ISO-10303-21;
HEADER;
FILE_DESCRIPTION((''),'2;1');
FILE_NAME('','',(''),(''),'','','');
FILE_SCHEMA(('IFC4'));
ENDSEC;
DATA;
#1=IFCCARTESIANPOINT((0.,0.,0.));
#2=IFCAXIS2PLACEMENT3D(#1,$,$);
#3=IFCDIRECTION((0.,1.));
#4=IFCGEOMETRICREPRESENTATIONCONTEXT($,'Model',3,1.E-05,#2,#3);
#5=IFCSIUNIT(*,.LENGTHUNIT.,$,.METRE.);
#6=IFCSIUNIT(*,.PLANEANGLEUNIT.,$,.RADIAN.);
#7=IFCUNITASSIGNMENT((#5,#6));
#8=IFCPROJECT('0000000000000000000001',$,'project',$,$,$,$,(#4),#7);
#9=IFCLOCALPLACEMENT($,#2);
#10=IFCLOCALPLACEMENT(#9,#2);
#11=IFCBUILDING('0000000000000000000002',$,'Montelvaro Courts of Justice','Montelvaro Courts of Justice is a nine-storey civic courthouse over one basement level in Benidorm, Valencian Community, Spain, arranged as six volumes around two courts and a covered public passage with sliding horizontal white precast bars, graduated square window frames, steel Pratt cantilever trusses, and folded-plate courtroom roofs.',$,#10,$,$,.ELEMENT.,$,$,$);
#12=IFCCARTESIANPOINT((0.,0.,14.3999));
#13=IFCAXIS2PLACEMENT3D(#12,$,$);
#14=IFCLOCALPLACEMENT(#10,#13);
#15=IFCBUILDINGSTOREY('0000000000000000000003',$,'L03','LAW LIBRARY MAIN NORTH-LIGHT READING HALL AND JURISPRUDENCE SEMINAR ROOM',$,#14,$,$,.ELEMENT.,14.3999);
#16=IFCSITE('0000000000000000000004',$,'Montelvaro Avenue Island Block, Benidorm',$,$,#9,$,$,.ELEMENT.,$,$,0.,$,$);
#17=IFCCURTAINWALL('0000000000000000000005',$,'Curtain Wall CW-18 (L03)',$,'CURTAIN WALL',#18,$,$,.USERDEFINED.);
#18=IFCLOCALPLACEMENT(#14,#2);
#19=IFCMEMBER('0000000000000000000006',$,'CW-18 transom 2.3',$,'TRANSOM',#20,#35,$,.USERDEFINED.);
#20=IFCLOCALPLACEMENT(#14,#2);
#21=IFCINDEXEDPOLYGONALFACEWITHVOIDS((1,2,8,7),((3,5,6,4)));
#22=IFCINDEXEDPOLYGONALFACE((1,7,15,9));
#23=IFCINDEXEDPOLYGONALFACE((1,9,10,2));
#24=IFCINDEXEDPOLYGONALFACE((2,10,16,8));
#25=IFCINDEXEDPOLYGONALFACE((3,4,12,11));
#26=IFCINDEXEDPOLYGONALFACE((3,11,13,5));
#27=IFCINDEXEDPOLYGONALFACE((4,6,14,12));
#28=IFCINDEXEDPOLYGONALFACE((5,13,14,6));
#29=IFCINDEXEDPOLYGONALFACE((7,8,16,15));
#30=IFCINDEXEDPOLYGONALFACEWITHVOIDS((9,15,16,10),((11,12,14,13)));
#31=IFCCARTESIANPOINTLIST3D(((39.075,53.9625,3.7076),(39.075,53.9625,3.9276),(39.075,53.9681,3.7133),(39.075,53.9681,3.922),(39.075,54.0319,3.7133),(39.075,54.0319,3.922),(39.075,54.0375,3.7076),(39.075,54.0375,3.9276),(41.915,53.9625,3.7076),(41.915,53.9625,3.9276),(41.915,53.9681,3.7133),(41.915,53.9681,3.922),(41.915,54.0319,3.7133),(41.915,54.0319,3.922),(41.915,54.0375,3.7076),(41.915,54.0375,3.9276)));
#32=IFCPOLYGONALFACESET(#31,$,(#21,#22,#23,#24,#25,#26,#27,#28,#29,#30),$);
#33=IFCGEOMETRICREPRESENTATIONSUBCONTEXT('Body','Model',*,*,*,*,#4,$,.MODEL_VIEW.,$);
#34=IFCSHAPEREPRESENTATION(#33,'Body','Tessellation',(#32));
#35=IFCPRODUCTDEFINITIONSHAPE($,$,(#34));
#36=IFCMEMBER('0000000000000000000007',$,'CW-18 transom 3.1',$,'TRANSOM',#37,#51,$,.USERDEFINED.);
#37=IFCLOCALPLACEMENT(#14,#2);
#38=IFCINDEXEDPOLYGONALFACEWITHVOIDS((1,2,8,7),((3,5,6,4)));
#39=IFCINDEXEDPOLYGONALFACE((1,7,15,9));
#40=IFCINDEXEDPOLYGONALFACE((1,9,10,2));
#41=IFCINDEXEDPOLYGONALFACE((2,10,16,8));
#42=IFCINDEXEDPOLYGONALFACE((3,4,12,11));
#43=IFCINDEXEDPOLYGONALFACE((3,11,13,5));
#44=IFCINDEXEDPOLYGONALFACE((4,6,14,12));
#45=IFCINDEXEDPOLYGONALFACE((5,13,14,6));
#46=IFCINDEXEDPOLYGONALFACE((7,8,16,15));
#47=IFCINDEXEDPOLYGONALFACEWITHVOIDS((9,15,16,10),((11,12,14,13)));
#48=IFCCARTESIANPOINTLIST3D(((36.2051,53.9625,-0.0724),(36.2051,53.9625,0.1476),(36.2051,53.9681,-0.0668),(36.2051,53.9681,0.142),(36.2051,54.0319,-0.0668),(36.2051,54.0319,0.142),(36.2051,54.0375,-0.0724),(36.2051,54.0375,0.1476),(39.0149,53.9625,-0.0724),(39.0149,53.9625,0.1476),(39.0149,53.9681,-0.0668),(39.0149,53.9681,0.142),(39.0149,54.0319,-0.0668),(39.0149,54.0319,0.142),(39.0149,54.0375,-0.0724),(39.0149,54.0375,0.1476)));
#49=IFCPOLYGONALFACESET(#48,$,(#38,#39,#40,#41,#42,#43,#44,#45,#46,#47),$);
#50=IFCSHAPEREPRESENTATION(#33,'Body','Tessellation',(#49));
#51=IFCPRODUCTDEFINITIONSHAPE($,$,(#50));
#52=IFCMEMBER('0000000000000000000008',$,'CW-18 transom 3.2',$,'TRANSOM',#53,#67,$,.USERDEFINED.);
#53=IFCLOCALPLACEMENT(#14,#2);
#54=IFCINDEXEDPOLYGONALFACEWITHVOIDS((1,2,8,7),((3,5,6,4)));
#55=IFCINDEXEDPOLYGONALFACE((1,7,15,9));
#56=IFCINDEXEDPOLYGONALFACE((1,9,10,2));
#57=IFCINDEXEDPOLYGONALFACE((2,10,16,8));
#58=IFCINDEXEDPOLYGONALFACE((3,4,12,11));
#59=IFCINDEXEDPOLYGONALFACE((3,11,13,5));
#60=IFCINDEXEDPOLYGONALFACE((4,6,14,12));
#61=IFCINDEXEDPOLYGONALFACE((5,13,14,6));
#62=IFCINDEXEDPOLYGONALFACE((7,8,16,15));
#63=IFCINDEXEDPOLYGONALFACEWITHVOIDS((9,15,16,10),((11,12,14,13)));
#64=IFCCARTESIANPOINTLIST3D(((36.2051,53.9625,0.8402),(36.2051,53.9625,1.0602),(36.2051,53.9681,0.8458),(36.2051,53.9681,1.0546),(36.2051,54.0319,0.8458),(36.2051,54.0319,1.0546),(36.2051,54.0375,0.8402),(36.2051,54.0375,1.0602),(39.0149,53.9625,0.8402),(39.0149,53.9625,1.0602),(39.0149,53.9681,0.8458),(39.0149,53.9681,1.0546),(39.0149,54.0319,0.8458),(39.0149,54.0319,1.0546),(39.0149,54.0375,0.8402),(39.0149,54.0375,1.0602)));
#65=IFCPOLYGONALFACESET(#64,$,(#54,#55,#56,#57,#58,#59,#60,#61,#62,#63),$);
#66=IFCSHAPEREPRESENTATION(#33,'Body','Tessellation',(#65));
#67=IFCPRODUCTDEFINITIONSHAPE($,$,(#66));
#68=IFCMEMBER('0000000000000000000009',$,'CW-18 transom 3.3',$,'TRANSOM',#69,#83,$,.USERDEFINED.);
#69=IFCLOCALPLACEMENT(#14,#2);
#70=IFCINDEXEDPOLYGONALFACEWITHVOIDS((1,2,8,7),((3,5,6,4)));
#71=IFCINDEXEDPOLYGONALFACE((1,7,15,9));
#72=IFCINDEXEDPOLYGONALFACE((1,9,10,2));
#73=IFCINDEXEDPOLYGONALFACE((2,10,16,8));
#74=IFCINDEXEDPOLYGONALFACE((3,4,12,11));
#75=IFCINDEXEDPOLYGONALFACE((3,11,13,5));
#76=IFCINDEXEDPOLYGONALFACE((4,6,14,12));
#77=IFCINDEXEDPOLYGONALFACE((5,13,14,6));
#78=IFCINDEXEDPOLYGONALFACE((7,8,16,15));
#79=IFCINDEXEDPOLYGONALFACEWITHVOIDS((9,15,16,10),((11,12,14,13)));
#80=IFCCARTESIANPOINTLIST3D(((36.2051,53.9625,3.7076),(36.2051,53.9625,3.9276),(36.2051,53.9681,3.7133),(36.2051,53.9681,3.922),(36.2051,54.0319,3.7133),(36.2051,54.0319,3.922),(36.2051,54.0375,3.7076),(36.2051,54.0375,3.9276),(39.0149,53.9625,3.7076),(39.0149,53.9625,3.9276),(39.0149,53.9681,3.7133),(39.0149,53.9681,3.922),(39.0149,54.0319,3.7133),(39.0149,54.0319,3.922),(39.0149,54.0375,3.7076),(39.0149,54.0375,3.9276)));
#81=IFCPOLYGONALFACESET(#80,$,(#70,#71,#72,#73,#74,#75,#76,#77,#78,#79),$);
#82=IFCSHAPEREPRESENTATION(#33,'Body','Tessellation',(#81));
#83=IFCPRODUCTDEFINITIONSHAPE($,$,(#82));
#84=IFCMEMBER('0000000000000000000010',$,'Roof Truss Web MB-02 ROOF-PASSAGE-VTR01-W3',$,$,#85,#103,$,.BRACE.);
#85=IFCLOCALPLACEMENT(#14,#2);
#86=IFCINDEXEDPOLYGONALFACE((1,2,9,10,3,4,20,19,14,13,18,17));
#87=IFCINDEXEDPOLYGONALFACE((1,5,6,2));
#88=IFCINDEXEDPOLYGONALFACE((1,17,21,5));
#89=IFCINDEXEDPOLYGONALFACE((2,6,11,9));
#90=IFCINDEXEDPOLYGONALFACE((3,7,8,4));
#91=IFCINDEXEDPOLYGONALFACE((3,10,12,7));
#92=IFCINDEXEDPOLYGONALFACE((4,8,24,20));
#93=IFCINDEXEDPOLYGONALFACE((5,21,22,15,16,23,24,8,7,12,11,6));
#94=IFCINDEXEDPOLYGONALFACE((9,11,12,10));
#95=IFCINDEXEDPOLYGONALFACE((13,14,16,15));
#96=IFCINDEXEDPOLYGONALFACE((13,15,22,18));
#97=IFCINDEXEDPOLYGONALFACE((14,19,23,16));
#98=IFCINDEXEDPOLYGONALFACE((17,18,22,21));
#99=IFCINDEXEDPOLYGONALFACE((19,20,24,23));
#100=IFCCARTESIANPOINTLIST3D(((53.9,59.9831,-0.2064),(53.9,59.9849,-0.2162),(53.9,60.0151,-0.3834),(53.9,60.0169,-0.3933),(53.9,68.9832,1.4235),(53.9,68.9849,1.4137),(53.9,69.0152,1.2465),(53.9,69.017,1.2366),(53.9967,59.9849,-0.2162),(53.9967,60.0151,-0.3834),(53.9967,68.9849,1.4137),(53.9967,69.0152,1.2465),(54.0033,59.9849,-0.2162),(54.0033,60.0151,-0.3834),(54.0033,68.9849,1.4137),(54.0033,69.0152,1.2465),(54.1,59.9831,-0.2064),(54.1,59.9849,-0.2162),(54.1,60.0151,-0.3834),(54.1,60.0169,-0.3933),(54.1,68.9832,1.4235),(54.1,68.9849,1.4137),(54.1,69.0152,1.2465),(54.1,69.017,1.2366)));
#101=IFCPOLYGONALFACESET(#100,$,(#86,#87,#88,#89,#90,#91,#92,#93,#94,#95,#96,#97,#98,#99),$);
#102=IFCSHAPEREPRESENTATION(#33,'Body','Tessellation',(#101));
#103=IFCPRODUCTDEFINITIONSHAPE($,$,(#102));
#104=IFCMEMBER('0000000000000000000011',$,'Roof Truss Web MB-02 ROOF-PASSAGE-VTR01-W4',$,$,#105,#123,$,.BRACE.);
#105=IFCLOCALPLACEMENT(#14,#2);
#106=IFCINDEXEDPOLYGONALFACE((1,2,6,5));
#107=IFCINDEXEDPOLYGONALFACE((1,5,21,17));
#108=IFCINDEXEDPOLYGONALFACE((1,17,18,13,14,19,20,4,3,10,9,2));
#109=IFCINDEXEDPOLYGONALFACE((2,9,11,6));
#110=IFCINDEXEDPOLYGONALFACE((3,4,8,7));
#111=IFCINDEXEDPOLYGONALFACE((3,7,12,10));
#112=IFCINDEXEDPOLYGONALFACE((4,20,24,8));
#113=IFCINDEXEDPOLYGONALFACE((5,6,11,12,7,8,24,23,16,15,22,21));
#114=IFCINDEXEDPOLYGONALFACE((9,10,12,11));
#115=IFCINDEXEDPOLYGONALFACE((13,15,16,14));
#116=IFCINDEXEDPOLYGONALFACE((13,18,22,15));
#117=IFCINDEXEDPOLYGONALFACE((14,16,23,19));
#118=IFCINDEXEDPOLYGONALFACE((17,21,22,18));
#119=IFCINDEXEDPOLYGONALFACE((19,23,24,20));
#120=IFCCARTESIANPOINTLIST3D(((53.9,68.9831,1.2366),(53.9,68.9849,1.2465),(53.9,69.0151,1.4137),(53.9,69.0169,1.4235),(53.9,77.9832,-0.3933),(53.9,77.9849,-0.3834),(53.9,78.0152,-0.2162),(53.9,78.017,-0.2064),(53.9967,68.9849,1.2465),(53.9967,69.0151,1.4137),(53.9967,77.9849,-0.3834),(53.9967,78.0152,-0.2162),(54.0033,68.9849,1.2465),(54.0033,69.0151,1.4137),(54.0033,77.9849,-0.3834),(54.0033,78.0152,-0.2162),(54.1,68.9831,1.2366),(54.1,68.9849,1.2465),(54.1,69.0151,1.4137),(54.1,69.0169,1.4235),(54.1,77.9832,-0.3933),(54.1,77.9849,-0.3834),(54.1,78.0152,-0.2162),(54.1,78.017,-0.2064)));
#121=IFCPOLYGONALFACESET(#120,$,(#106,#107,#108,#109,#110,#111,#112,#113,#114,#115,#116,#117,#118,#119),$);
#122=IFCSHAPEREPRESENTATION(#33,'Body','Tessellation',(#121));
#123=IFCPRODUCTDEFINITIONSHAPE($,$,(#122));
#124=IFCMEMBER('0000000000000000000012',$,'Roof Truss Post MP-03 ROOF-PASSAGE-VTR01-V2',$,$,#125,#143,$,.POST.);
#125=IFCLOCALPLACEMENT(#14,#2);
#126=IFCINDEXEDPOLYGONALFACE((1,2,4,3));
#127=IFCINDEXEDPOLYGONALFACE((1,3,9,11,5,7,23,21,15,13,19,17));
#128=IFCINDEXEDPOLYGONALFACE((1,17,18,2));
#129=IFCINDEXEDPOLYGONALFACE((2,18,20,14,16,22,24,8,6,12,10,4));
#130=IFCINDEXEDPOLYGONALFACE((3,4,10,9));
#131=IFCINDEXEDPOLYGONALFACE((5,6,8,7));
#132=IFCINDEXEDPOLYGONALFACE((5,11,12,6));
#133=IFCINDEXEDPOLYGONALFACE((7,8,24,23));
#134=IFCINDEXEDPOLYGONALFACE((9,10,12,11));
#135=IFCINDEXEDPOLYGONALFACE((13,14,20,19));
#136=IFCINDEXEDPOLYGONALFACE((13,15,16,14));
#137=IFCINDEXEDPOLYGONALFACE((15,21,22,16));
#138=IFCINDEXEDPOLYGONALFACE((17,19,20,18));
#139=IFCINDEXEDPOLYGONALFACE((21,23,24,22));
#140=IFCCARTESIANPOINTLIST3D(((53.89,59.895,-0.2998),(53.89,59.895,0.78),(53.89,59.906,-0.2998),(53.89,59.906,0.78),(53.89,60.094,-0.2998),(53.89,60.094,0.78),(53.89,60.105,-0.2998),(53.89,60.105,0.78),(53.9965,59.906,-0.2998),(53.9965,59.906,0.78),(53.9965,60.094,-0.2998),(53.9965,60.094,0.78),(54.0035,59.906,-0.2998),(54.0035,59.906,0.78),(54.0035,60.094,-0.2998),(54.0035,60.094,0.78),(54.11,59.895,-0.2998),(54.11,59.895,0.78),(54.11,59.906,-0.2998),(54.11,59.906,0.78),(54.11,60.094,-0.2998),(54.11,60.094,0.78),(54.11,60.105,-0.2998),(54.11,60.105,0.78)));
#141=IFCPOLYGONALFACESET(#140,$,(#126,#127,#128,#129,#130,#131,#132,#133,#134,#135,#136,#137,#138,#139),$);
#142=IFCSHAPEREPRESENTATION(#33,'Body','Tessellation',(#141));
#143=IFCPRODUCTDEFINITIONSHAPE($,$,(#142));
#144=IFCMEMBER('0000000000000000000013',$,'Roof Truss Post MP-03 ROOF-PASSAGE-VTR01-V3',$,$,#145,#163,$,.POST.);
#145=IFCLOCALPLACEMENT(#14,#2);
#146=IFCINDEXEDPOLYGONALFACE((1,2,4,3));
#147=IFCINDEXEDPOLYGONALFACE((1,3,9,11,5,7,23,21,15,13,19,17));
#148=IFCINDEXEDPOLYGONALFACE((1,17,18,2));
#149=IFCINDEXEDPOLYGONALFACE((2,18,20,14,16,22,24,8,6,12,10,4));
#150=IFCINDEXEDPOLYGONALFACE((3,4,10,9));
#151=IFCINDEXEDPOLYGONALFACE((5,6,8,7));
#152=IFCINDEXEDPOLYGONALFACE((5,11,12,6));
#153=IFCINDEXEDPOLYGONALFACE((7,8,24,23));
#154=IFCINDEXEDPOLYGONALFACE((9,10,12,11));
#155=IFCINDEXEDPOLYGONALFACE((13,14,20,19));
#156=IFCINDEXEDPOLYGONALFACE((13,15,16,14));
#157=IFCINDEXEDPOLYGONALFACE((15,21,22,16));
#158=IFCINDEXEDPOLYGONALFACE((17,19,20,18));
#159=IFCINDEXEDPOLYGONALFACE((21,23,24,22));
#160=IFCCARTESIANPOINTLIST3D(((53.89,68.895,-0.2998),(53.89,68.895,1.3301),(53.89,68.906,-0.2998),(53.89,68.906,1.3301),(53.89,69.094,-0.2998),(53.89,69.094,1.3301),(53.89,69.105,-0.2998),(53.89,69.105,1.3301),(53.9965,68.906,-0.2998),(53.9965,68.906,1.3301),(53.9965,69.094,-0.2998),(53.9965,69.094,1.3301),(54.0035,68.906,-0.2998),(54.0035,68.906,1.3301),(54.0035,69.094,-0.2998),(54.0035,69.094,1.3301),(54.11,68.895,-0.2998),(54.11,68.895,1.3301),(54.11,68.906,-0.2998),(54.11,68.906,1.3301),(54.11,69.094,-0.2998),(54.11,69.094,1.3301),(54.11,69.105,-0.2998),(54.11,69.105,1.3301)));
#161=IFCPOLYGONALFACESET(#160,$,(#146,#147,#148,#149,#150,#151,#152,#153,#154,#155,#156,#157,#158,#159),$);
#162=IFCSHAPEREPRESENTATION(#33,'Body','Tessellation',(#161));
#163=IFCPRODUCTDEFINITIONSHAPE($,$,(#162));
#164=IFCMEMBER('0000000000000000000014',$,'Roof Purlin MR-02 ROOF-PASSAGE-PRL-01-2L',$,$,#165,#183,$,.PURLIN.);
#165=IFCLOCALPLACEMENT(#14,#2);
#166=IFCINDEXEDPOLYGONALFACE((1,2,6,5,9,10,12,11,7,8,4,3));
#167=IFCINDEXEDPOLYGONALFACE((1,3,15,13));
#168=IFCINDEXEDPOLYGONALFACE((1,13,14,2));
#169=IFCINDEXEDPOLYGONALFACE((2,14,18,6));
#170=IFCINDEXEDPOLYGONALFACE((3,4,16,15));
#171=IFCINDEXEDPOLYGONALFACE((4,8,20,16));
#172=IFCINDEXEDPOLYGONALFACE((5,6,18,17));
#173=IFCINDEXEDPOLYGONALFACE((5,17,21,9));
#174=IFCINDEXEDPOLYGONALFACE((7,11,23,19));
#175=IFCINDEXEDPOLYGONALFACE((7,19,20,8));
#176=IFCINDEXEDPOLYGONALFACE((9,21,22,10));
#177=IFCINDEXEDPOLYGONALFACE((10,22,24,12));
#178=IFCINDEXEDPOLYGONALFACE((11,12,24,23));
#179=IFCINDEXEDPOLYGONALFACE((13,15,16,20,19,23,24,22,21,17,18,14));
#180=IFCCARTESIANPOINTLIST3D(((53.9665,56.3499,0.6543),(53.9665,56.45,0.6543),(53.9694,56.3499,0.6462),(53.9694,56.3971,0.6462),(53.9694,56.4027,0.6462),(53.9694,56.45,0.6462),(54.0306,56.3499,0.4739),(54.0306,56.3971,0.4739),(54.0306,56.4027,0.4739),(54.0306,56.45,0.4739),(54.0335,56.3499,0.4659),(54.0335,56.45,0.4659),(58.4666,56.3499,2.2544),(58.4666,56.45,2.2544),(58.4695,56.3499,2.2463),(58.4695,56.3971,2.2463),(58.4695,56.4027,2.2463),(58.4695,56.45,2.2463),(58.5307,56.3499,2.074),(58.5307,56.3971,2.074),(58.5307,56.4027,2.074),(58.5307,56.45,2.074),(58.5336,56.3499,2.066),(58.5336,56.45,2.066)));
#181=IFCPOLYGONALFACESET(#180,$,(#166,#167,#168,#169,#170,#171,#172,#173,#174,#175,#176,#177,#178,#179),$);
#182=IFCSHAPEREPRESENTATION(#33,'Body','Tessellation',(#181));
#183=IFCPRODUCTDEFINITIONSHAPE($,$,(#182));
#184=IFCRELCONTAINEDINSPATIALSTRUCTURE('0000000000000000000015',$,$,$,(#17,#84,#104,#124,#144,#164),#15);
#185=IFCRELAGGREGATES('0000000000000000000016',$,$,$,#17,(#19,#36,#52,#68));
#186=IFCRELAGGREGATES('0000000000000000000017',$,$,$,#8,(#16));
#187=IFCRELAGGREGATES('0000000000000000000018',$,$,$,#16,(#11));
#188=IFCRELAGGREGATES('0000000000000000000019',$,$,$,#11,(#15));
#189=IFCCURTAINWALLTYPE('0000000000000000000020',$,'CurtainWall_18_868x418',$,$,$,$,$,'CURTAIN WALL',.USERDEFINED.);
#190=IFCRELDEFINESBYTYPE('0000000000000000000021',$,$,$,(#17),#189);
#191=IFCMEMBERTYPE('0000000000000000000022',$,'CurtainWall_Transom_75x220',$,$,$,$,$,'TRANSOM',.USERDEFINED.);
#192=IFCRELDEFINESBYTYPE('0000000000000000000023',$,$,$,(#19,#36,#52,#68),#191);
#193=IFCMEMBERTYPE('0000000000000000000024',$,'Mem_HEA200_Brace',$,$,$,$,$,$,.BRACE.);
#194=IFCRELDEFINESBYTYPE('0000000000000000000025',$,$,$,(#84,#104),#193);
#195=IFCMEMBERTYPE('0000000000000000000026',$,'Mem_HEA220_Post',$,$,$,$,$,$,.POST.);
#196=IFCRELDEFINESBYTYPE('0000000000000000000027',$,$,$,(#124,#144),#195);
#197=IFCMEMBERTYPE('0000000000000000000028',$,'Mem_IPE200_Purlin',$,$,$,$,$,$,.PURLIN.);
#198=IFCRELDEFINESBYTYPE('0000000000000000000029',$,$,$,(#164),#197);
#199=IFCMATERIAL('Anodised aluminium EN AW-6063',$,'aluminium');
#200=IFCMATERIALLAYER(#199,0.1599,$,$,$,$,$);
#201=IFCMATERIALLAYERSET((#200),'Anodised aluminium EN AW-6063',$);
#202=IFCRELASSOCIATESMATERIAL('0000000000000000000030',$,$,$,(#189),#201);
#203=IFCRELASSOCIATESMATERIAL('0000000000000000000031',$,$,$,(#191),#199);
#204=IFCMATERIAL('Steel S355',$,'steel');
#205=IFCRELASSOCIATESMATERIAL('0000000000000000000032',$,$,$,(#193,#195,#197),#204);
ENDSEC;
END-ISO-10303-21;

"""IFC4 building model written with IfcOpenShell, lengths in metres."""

from ifc_helpers import new_model, si_unit, direction, frame, origin, origin_2d, place, context, subcontext, project, spatial, hollow_rectangle, i_section, extrude, material, layer, layer_set, material_profile, profile_set, type_object, element, aggregate, save


model = new_model("IFC4")

# Units and contexts
model_context = context("Model", 3, precision=1e-05, world=origin(), true_north=direction((0.0, 1.0)))
body_context = subcontext(model_context, "Body", "Model", "MODEL_VIEW")
ifc_project = project(units=[si_unit("LENGTHUNIT", "METRE"), si_unit("PLANEANGLEUNIT", "RADIAN")], contexts=[model_context])

# Site, building, storey
site_placement = place(None, origin())
site = spatial("IfcSite", under=ifc_project, at=site_placement, Name="Montelvaro Avenue Island Block, Benidorm", CompositionType="ELEMENT", RefElevation=0.0)
building_placement = place(site_placement, origin())
building = spatial("IfcBuilding", under=site, at=building_placement, Name="Montelvaro Courts of Justice", Description="Montelvaro Courts of Justice is a nine-storey civic courthouse over one basement level in Benidorm, Valencian Community, Spain, arranged as six volumes around two courts and a covered public passage with sliding horizontal white precast bars, graduated square window frames, steel Pratt cantilever trusses, and folded-plate courtroom roofs.", CompositionType="ELEMENT")
storey_placement = place(building_placement, frame((0.0, 0.0, 14.3999)))
storey = spatial("IfcBuildingStorey", under=building, at=storey_placement, Name="L03", Description="LAW LIBRARY MAIN NORTH-LIGHT READING HALL AND JURISPRUDENCE SEMINAR ROOM", CompositionType="ELEMENT", Elevation=14.3999)

# Shared definitions
ifc_material_1 = material(Name="Steel S355", Category="steel")

# Curtain wall, members
ifc_material_2 = material(Name="Anodised aluminium EN AW-6063", Category="aluminium")
ifc_layer_1 = layer(ifc_material_2, 0.1599)
ifc_layer_set_1 = layer_set([ifc_layer_1], Name="Anodised aluminium EN AW-6063")
curtain_wall_type = type_object("IfcCurtainWallType", Name="CurtainWall_18_868x418", ElementType="CURTAIN WALL", PredefinedType="USERDEFINED", material=ifc_layer_set_1)
curtain_wall_placement = place(storey_placement, origin())
curtain_wall = element("IfcCurtainWall", 1, at=curtain_wall_placement, inside=storey, type_object=curtain_wall_type, Name="Curtain Wall CW-18 (L03)", ObjectType="CURTAIN WALL", PredefinedType="USERDEFINED")
ifc_material_profile_1 = material_profile(ifc_material_2, hollow_rectangle(XDim=0.075, YDim=0.22, WallThickness=0.0056, at=origin_2d()), Name="ALU-T 75x220")
ifc_profile_set_1 = profile_set([ifc_material_profile_1], Name="Anodised aluminium EN AW-6063")
member_type_1 = type_object("IfcMemberType", Name="CurtainWall_Transom_75x220", ElementType="TRANSOM", PredefinedType="USERDEFINED", material=ifc_profile_set_1)
member_1_placement = place(storey_placement, frame((41.915, 54.0, 3.8176), z_axis=(-1.0, 0.0, 0.0), x_axis=(0.0, -1.0, 0.0)))
member_1 = element("IfcMember", 2, at=member_1_placement, type_object=member_type_1, Name="CW-18 transom 2.3", ObjectType="TRANSOM", PredefinedType="USERDEFINED", context=body_context, shape_type="SweptSolid", body=[
    extrude(hollow_rectangle(XDim=0.075, YDim=0.22, WallThickness=0.0056, at=origin_2d()), origin(), (0.0, 0.0, 1.0), 2.8401),
])
member_2_placement = place(storey_placement, frame((39.0149, 54.0, 0.0376), z_axis=(-1.0, 0.0, 0.0), x_axis=(0.0, -1.0, 0.0)))
member_2 = element("IfcMember", 3, at=member_2_placement, type_object=member_type_1, Name="CW-18 transom 3.1", ObjectType="TRANSOM", PredefinedType="USERDEFINED", context=body_context, shape_type="SweptSolid", body=[
    extrude(hollow_rectangle(XDim=0.075, YDim=0.22, WallThickness=0.0056, at=origin_2d()), origin(), (0.0, 0.0, 1.0), 2.8098),
])
member_3_placement = place(storey_placement, frame((39.0149, 54.0, 0.9502), z_axis=(-1.0, 0.0, 0.0), x_axis=(0.0, -1.0, 0.0)))
member_3 = element("IfcMember", 4, at=member_3_placement, type_object=member_type_1, Name="CW-18 transom 3.2", ObjectType="TRANSOM", PredefinedType="USERDEFINED", context=body_context, shape_type="SweptSolid", body=[
    extrude(hollow_rectangle(XDim=0.075, YDim=0.22, WallThickness=0.0056, at=origin_2d()), origin(), (0.0, 0.0, 1.0), 2.8098),
])
member_4_placement = place(storey_placement, frame((39.0149, 54.0, 3.8176), z_axis=(-1.0, 0.0, 0.0), x_axis=(0.0, -1.0, 0.0)))
member_4 = element("IfcMember", 5, at=member_4_placement, type_object=member_type_1, Name="CW-18 transom 3.3", ObjectType="TRANSOM", PredefinedType="USERDEFINED", context=body_context, shape_type="SweptSolid", body=[
    extrude(hollow_rectangle(XDim=0.075, YDim=0.22, WallThickness=0.0056, at=origin_2d()), origin(), (0.0, 0.0, 1.0), 2.8098),
])

# Members
ifc_material_profile_2 = material_profile(ifc_material_1, i_section(OverallWidth=0.2, OverallDepth=0.1899, WebThickness=0.0066, FlangeThickness=0.01, at=origin_2d()), Name="HEA 200")
ifc_profile_set_2 = profile_set([ifc_material_profile_2], Name="Steel S355")
member_type_2 = type_object("IfcMemberType", Name="Mem_HEA200_Brace", PredefinedType="BRACE", material=ifc_profile_set_2)
for number, where, z_axis, x_axis, name in (
    (6, (54.0, 60.0, -0.2998), (0.0, 0.983994, 0.1782), (-1.0, 0.0, 0.0), "Roof Truss Web MB-02 ROOF-PASSAGE-VTR01-W3"),
    (7, (54.0, 69.0, 1.3301), (0.0, 0.983994, -0.1782), (-1.0, 0.0, 0.0), "Roof Truss Web MB-02 ROOF-PASSAGE-VTR01-W4"),
):
    element("IfcMember", number, at=place(storey_placement, frame(where, z_axis=z_axis, x_axis=x_axis)), inside=storey, type_object=member_type_2, Name=name, PredefinedType="BRACE", context=body_context, shape_type="SweptSolid", body=[
        extrude(i_section(OverallWidth=0.2, OverallDepth=0.1899, WebThickness=0.0066, FlangeThickness=0.01, at=origin_2d()), origin(), (0.0, 0.0, 1.0), 9.1465),
    ])
ifc_material_profile_3 = material_profile(ifc_material_1, i_section(OverallWidth=0.22, OverallDepth=0.21, WebThickness=0.0071, FlangeThickness=0.011, at=origin_2d()), Name="HEA 220")
ifc_profile_set_3 = profile_set([ifc_material_profile_3], Name="Steel S355")
member_type_3 = type_object("IfcMemberType", Name="Mem_HEA220_Post", PredefinedType="POST", material=ifc_profile_set_3)
member_5_placement = place(storey_placement, frame((54.0, 60.0, -0.2998), z_axis=(0.0, 0.0, 1.0), x_axis=(1.0, 0.0, 0.0)))
element("IfcMember", 8, at=member_5_placement, inside=storey, type_object=member_type_3, Name="Roof Truss Post MP-03 ROOF-PASSAGE-VTR01-V2", PredefinedType="POST", context=body_context, shape_type="SweptSolid", body=[
    extrude(i_section(OverallWidth=0.22, OverallDepth=0.21, WebThickness=0.0071, FlangeThickness=0.011, at=origin_2d()), origin(), (0.0, 0.0, 1.0), 1.0798),
])
member_6_placement = place(storey_placement, frame((54.0, 69.0, -0.2998), z_axis=(0.0, 0.0, 1.0), x_axis=(1.0, 0.0, 0.0)))
element("IfcMember", 9, at=member_6_placement, inside=storey, type_object=member_type_3, Name="Roof Truss Post MP-03 ROOF-PASSAGE-VTR01-V3", PredefinedType="POST", context=body_context, shape_type="SweptSolid", body=[
    extrude(i_section(OverallWidth=0.22, OverallDepth=0.21, WebThickness=0.0071, FlangeThickness=0.011, at=origin_2d()), origin(), (0.0, 0.0, 1.0), 1.6299),
])
ifc_material_profile_4 = material_profile(ifc_material_1, i_section(OverallWidth=0.1001, OverallDepth=0.2, WebThickness=0.0056, FlangeThickness=0.0085, at=origin_2d()), Name="IPE 200")
ifc_profile_set_4 = profile_set([ifc_material_profile_4], Name="Steel S355")
member_type_4 = type_object("IfcMemberType", Name="Mem_IPE200_Purlin", PredefinedType="PURLIN", material=ifc_profile_set_4)
member_7_placement = place(storey_placement, frame((54.0, 56.3999, 0.5601), z_axis=(0.942208, 0.0, 0.335028), x_axis=(0.0, 1.0, 0.0)))
element("IfcMember", 10, at=member_7_placement, inside=storey, type_object=member_type_4, Name="Roof Purlin MR-02 ROOF-PASSAGE-PRL-01-2L", PredefinedType="PURLIN", context=body_context, shape_type="SweptSolid", body=[
    extrude(i_section(OverallWidth=0.1001, OverallDepth=0.2, WebThickness=0.0056, FlangeThickness=0.0085, at=origin_2d()), origin(), (0.0, 0.0, 1.0), 4.7761),
])

aggregate(curtain_wall, [member_1, member_2, member_3, member_4])

save(model, "model.ifc")
